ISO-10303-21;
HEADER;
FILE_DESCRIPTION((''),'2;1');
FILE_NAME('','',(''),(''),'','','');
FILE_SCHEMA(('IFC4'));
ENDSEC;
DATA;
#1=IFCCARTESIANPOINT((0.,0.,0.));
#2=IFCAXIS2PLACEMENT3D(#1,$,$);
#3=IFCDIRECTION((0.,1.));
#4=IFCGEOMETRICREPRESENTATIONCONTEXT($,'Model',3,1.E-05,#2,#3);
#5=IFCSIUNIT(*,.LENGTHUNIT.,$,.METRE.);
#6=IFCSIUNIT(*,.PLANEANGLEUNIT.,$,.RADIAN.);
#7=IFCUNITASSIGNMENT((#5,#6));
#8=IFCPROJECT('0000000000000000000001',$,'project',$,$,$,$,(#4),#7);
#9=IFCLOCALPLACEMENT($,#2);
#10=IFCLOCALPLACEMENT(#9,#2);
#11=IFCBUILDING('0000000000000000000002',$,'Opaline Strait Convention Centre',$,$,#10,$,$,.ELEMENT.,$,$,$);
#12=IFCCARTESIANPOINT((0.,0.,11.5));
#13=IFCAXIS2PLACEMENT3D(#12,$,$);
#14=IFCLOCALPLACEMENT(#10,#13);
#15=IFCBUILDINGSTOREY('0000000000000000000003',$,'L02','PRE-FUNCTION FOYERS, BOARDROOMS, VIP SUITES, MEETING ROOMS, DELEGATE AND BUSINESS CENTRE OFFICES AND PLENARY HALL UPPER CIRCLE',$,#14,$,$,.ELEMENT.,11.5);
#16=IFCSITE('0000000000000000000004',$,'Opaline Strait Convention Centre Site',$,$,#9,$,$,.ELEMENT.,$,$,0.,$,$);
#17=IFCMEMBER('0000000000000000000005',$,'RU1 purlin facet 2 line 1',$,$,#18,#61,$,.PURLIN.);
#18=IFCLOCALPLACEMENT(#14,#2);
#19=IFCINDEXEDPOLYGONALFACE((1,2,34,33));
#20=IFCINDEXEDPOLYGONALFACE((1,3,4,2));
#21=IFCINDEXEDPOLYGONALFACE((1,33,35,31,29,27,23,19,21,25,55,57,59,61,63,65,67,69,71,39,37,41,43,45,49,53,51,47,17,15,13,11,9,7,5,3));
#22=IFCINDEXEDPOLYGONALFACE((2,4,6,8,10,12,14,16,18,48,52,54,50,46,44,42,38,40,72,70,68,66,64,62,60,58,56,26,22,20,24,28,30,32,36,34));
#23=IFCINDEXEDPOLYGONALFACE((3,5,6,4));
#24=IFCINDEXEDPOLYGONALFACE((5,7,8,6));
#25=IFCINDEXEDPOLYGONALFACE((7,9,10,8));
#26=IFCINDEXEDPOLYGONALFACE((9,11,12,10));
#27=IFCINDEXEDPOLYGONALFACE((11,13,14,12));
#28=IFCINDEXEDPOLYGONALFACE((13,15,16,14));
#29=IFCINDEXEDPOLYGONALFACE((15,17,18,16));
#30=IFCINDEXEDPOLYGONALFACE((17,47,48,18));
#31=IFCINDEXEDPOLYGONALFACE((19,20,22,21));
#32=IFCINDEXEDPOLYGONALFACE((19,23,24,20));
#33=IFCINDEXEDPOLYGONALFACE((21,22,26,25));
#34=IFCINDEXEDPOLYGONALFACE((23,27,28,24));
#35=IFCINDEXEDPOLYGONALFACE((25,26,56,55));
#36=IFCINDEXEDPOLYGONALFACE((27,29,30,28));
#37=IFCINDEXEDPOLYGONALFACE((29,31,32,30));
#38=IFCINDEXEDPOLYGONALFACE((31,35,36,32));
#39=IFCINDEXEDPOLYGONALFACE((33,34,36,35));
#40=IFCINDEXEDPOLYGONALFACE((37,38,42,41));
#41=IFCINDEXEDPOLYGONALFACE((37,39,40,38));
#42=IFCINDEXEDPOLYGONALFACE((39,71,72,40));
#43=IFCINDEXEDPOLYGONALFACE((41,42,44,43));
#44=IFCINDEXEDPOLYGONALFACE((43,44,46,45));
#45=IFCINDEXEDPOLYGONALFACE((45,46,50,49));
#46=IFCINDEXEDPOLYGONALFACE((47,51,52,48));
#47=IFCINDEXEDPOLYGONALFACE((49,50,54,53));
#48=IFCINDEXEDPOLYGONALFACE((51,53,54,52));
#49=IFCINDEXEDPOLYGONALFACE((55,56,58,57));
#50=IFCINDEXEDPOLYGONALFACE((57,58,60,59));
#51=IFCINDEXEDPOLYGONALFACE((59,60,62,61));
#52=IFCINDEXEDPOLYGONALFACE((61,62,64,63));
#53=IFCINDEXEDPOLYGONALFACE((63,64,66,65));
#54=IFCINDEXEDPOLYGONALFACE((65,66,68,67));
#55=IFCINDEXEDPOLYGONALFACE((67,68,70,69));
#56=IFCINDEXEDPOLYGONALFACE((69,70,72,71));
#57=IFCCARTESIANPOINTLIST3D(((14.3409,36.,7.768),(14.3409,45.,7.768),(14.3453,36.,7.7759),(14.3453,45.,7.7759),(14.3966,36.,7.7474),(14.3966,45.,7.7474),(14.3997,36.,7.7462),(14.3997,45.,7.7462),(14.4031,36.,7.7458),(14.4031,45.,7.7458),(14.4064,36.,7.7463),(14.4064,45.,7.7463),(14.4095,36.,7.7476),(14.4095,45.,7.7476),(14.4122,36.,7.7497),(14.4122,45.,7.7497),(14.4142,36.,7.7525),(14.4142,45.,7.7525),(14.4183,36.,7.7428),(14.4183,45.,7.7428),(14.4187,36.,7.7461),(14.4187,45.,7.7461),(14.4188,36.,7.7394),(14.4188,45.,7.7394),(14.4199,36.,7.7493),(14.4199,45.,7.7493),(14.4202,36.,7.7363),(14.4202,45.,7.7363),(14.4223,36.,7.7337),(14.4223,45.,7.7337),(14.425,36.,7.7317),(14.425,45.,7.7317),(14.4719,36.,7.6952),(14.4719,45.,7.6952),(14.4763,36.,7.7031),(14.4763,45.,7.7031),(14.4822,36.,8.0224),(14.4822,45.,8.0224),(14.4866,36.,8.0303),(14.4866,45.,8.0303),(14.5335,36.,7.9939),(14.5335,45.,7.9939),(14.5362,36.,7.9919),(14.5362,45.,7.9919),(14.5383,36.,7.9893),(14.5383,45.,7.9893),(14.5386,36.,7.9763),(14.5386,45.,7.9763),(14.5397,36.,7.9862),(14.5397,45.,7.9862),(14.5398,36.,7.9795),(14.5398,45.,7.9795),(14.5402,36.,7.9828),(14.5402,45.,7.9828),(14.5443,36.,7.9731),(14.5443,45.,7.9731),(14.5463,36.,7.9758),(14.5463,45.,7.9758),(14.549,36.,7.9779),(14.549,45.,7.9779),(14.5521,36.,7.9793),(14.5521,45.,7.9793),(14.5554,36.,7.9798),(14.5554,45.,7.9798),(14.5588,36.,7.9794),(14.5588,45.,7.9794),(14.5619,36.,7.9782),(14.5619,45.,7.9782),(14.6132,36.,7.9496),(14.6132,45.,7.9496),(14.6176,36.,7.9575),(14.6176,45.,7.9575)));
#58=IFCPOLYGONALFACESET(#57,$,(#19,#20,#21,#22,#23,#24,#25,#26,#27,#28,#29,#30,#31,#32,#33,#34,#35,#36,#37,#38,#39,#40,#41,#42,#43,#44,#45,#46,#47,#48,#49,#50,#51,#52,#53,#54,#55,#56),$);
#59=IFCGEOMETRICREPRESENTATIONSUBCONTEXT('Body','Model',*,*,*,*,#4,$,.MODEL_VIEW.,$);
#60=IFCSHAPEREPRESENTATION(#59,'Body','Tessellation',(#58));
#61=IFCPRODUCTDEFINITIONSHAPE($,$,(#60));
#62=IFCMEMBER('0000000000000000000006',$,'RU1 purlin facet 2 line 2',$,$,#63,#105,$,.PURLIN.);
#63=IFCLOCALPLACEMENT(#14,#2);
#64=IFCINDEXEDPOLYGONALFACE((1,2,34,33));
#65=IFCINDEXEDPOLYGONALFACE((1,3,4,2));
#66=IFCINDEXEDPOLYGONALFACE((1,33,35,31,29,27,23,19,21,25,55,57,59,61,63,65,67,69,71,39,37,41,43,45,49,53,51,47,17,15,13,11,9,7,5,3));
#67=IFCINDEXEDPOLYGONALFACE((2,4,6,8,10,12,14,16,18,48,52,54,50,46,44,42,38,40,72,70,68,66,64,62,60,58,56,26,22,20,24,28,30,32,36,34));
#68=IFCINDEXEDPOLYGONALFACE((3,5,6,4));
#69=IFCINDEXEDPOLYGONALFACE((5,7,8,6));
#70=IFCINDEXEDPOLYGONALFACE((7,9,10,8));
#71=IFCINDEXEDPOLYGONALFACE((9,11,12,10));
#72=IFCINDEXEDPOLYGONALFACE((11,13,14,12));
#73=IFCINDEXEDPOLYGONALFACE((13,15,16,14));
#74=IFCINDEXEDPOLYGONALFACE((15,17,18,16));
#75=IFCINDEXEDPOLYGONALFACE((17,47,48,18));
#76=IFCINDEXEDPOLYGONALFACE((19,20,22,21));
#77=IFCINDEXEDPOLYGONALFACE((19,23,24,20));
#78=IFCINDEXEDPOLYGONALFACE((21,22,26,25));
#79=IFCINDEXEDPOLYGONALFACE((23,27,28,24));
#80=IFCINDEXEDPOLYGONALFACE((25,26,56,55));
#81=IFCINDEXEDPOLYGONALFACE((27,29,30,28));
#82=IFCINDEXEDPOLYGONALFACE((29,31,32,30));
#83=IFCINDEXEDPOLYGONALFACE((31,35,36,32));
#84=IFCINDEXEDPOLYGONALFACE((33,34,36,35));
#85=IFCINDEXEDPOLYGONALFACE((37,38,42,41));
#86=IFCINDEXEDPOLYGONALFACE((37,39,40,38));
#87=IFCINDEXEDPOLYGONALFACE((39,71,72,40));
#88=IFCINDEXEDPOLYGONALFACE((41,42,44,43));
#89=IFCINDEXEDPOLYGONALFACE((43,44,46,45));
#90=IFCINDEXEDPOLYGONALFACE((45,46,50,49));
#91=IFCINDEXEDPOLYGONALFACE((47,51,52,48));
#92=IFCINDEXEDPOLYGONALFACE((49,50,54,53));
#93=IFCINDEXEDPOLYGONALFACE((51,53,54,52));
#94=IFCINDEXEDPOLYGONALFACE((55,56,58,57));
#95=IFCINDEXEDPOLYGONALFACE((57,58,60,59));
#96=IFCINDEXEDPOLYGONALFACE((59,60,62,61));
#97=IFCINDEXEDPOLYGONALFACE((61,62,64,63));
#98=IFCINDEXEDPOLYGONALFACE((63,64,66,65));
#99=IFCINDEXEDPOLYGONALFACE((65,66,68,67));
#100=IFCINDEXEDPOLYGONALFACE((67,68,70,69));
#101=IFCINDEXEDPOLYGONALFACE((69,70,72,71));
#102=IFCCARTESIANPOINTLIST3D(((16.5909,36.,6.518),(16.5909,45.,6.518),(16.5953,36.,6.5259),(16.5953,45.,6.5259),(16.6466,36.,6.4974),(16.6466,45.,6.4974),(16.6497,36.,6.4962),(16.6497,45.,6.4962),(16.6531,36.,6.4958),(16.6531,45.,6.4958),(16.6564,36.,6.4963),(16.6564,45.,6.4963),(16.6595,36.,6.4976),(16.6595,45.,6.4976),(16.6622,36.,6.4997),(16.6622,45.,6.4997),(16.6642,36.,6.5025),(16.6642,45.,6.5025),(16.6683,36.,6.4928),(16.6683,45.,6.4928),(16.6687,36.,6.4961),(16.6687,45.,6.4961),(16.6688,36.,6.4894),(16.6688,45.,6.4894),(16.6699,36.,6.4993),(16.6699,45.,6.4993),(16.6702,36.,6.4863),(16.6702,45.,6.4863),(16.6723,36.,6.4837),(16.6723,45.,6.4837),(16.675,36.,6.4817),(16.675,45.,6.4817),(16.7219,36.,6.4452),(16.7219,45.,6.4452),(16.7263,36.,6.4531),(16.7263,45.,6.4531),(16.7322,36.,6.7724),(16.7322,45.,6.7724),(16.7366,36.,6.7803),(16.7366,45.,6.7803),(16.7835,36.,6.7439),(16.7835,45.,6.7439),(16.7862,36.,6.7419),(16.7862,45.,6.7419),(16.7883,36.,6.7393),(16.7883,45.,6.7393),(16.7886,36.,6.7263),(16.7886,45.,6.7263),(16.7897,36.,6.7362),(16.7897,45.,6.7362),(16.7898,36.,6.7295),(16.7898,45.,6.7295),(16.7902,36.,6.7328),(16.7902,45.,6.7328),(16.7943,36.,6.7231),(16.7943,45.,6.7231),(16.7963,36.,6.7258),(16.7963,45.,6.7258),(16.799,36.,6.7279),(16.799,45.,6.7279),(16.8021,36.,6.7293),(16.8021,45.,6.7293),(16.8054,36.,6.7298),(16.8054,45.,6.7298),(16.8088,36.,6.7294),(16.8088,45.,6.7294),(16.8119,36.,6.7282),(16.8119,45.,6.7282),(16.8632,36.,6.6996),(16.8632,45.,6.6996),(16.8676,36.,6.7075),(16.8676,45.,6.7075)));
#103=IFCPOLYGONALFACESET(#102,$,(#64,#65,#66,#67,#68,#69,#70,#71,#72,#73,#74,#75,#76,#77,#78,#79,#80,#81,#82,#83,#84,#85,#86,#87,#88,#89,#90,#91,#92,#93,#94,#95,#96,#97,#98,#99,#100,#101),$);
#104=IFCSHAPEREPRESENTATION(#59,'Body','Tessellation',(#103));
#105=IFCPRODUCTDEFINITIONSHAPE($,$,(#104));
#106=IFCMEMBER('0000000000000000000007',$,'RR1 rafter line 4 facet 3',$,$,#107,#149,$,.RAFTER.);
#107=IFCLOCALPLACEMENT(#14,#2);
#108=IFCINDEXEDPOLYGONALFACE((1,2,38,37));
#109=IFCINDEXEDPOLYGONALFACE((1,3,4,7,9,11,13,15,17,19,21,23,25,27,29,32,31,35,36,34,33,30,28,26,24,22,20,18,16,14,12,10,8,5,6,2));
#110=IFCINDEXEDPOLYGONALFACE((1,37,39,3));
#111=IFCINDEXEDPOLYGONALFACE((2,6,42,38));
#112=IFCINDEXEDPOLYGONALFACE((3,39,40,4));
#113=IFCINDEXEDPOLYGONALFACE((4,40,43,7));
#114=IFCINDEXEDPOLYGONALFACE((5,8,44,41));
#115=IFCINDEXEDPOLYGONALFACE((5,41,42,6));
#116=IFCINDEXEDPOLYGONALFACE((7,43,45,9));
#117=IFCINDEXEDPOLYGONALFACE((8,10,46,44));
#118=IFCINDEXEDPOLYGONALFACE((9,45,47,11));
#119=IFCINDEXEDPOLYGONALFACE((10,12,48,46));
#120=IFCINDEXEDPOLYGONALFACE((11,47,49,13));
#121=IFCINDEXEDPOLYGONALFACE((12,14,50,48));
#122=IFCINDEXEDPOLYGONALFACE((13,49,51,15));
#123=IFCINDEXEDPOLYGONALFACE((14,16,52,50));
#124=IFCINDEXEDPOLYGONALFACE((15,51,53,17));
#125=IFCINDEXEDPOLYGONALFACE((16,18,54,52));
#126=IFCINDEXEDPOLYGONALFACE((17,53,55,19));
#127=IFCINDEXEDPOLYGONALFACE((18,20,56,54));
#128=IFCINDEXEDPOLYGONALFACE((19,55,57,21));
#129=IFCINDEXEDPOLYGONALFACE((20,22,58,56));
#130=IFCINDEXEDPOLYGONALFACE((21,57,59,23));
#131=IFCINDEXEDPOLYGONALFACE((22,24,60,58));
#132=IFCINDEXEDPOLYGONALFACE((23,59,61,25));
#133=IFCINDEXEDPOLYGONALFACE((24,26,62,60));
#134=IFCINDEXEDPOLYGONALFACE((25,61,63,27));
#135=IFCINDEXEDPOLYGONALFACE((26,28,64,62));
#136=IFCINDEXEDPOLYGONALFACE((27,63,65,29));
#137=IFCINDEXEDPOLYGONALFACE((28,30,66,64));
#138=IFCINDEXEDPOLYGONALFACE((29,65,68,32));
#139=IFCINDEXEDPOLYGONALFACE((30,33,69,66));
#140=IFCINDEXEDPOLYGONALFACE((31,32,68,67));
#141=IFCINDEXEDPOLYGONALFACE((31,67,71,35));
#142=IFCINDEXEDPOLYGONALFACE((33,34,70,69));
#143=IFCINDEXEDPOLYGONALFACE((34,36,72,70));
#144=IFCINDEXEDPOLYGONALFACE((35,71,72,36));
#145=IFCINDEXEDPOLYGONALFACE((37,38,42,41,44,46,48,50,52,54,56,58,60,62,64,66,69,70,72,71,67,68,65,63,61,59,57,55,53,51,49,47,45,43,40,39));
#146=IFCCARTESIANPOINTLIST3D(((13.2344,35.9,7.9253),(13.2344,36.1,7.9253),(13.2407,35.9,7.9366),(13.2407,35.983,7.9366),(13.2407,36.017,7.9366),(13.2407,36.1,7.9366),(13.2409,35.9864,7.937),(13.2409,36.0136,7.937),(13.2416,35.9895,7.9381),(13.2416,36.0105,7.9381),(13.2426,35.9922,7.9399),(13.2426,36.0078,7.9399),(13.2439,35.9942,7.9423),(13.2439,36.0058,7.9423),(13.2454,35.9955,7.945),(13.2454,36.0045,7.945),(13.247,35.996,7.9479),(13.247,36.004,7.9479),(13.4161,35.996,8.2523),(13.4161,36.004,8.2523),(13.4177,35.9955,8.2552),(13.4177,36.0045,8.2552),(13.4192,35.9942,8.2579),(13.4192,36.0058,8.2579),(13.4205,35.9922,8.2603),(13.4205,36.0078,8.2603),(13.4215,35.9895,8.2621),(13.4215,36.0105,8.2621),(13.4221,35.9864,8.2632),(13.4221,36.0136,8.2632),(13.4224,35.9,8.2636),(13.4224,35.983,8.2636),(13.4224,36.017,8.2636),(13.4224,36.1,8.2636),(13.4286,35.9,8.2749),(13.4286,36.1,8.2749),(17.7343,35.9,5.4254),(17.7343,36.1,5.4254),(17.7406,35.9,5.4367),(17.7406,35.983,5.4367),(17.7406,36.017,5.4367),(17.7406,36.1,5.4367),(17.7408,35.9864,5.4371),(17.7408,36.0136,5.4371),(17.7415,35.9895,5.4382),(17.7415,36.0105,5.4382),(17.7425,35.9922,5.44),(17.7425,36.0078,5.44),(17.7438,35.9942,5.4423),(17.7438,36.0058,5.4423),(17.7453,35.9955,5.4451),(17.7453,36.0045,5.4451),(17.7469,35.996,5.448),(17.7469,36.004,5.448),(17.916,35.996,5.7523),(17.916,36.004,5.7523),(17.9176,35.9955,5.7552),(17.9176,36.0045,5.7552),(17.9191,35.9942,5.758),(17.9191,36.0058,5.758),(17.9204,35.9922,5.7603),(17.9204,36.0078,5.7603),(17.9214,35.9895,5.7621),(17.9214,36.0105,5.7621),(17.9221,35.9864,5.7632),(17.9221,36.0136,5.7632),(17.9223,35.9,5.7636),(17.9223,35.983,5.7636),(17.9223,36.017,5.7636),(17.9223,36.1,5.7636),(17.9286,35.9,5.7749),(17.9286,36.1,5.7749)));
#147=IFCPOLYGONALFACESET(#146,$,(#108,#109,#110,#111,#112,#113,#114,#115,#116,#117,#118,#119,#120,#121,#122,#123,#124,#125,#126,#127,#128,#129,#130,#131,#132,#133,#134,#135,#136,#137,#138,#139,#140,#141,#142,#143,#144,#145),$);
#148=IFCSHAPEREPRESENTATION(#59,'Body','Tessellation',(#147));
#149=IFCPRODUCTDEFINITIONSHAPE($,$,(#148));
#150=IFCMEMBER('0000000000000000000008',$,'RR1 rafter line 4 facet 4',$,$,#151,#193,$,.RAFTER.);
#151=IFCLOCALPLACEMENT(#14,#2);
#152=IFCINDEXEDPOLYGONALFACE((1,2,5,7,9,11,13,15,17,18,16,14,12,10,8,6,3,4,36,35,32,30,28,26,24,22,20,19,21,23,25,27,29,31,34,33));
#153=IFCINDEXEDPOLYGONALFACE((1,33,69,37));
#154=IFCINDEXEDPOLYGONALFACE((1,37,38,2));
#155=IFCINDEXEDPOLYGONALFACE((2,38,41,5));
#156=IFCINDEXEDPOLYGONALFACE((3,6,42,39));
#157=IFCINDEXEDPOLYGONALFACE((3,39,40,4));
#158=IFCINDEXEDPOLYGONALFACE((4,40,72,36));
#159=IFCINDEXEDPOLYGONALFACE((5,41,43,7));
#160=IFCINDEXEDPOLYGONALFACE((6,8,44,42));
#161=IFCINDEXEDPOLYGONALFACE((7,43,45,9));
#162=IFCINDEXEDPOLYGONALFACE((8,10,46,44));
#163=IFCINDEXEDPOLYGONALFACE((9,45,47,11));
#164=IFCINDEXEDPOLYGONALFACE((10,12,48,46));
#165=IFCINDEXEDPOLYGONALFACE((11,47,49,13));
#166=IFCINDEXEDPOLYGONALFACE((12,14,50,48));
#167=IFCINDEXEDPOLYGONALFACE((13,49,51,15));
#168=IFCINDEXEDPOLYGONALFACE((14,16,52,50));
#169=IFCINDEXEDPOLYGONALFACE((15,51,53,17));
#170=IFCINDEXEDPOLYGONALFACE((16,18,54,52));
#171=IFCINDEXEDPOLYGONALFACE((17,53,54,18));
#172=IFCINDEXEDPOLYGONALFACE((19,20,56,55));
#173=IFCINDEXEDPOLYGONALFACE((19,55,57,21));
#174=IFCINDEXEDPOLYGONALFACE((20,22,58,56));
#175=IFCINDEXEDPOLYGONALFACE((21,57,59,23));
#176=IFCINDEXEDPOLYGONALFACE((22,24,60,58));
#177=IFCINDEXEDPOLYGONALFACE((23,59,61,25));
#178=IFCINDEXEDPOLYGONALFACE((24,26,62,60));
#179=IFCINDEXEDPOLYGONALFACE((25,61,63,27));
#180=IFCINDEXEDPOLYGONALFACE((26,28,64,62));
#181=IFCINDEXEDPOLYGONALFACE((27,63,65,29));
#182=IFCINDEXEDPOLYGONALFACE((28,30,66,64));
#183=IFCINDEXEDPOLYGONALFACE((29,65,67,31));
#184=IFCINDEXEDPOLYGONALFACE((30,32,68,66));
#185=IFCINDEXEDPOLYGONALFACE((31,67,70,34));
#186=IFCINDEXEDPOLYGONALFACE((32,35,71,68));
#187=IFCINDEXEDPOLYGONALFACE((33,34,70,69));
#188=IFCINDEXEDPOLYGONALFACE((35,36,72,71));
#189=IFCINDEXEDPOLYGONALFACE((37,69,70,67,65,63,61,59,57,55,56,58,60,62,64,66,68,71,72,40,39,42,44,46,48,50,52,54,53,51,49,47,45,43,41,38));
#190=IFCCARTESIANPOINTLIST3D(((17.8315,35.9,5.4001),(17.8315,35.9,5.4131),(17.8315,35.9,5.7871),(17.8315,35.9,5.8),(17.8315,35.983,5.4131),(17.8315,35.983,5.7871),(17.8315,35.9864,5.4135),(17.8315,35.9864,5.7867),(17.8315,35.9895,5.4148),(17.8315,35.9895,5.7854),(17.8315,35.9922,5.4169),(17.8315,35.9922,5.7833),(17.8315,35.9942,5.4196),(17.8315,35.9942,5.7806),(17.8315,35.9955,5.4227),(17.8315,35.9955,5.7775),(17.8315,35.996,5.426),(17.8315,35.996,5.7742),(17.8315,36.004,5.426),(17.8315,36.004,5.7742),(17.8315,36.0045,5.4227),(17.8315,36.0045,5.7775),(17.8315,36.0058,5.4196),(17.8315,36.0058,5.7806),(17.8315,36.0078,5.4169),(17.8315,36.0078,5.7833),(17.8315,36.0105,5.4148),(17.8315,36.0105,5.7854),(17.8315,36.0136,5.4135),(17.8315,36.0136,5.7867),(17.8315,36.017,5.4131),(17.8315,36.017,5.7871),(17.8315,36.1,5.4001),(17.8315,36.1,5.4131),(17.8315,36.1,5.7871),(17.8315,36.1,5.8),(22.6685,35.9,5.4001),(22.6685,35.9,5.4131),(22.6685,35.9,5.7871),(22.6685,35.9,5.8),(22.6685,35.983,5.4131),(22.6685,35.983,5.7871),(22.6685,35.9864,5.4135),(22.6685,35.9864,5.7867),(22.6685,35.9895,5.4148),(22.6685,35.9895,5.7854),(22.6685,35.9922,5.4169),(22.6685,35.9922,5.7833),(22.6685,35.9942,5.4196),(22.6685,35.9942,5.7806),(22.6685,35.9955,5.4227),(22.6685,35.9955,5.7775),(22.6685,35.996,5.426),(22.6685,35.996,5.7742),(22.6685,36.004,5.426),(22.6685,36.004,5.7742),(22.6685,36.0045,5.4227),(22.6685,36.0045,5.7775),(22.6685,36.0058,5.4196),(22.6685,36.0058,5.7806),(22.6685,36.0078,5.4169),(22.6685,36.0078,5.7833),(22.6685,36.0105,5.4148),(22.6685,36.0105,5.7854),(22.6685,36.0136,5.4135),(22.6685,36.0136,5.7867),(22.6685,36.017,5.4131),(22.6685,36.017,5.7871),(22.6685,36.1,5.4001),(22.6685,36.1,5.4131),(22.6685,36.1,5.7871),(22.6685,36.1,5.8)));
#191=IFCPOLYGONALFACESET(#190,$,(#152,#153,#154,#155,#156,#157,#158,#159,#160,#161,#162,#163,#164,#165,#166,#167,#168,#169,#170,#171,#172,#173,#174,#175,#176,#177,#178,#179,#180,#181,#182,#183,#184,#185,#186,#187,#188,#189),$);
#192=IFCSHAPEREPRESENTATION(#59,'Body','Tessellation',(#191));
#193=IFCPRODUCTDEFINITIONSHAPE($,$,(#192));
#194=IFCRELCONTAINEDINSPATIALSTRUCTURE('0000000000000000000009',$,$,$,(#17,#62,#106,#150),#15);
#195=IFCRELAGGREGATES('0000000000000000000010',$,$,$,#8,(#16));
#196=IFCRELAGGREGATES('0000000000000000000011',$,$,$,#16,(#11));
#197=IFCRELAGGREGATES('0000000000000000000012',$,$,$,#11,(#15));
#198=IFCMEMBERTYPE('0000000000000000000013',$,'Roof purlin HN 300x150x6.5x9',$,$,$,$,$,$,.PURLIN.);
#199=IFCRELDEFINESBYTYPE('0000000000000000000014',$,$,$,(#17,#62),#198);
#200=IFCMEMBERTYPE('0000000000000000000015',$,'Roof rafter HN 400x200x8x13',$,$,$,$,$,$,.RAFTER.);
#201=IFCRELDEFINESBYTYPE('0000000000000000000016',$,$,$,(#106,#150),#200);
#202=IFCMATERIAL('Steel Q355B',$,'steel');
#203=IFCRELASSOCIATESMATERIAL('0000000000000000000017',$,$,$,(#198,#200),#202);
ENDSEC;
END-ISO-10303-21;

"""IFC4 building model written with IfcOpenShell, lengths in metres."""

from ifc_helpers import new_model, si_unit, direction, frame, origin, origin_2d, place, context, subcontext, project, spatial, i_section, extrude, material, material_profile, profile_set, type_object, element, save


model = new_model("IFC4")

# Units and contexts
model_context = context("Model", 3, precision=1e-05, world=origin(), true_north=direction((0.0, 1.0)))
body_context = subcontext(model_context, "Body", "Model", "MODEL_VIEW")
ifc_project = project(units=[si_unit("LENGTHUNIT", "METRE"), si_unit("PLANEANGLEUNIT", "RADIAN")], contexts=[model_context])

# Site, building, storey
site_placement = place(None, origin())
site = spatial("IfcSite", under=ifc_project, at=site_placement, Name="Opaline Strait Convention Centre Site", CompositionType="ELEMENT", RefElevation=0.0)
building_placement = place(site_placement, origin())
building = spatial("IfcBuilding", under=site, at=building_placement, Name="Opaline Strait Convention Centre", CompositionType="ELEMENT")
storey_placement = place(building_placement, frame((0.0, 0.0, 11.5)))
storey = spatial("IfcBuildingStorey", under=building, at=storey_placement, Name="L02", Description="PRE-FUNCTION FOYERS, BOARDROOMS, VIP SUITES, MEETING ROOMS, DELEGATE AND BUSINESS CENTRE OFFICES AND PLENARY HALL UPPER CIRCLE", CompositionType="ELEMENT", Elevation=11.5)

# Shared definitions
ifc_material_1 = material(Name="Steel Q355B", Category="steel")

# Members
ifc_material_profile_1 = material_profile(ifc_material_1, i_section(OverallWidth=0.1499, OverallDepth=0.3, WebThickness=0.0066, FlangeThickness=0.009, FilletRadius=0.0129, at=origin_2d()), Name="HN 300x150x6.5x9")
ifc_profile_set_1 = profile_set([ifc_material_profile_1], Name="Steel Q355B")
member_type_1 = type_object("IfcMemberType", Name="Roof purlin HN 300x150x6.5x9", PredefinedType="PURLIN", material=ifc_profile_set_1)
for number, where, z_axis, x_axis, name in (
    (1, (14.4792, 36.0, 7.8628), (0.0, 1.0, 0.0), (-0.874157, 0.0, 0.485643), "RU1 purlin facet 2 line 1"),
    (2, (16.7292, 36.0, 6.6128), (0.0, 1.0, 0.0), (-0.874157, 0.0, 0.485643), "RU1 purlin facet 2 line 2"),
):
    element("IfcMember", number, at=place(storey_placement, frame(where, z_axis=z_axis, x_axis=x_axis)), inside=storey, type_object=member_type_1, Name=name, PredefinedType="PURLIN", context=body_context, shape_type="SweptSolid", body=[
        extrude(i_section(OverallWidth=0.1499, OverallDepth=0.3, WebThickness=0.0066, FlangeThickness=0.009, FilletRadius=0.0129, at=origin_2d()), origin(), (0.0, 0.0, 1.0), 9.0),
    ])
ifc_material_profile_2 = material_profile(ifc_material_1, i_section(OverallWidth=0.2, OverallDepth=0.3999, WebThickness=0.0081, FlangeThickness=0.0129, FilletRadius=0.0129, at=origin_2d()), Name="HN 400x200x8x13")
ifc_profile_set_2 = profile_set([ifc_material_profile_2], Name="Steel Q355B")
member_type_2 = type_object("IfcMemberType", Name="Roof rafter HN 400x200x8x13", PredefinedType="RAFTER", material=ifc_profile_set_2)
member_1_placement = place(storey_placement, frame((13.3315, 36.0, 8.1001), z_axis=(0.874157, 0.0, -0.485643), x_axis=(0.0, 1.0, 0.0)))
element("IfcMember", 3, at=member_1_placement, inside=storey, type_object=member_type_2, Name="RR1 rafter line 4 facet 3", PredefinedType="RAFTER", context=body_context, shape_type="SweptSolid", body=[
    extrude(i_section(OverallWidth=0.2, OverallDepth=0.3999, WebThickness=0.0081, FlangeThickness=0.0129, FilletRadius=0.0129, at=origin_2d()), origin(), (0.0, 0.0, 1.0), 5.1477),
])
member_2_placement = place(storey_placement, frame((17.8315, 36.0, 5.6001), z_axis=(1.0, 0.0, 0.0), x_axis=(0.0, 1.0, 0.0)))
element("IfcMember", 4, at=member_2_placement, inside=storey, type_object=member_type_2, Name="RR1 rafter line 4 facet 4", PredefinedType="RAFTER", context=body_context, shape_type="SweptSolid", body=[
    extrude(i_section(OverallWidth=0.2, OverallDepth=0.3999, WebThickness=0.0081, FlangeThickness=0.0129, FilletRadius=0.0129, at=origin_2d()), origin(), (0.0, 0.0, 1.0), 4.8369),
])

save(model, "model.ifc")
